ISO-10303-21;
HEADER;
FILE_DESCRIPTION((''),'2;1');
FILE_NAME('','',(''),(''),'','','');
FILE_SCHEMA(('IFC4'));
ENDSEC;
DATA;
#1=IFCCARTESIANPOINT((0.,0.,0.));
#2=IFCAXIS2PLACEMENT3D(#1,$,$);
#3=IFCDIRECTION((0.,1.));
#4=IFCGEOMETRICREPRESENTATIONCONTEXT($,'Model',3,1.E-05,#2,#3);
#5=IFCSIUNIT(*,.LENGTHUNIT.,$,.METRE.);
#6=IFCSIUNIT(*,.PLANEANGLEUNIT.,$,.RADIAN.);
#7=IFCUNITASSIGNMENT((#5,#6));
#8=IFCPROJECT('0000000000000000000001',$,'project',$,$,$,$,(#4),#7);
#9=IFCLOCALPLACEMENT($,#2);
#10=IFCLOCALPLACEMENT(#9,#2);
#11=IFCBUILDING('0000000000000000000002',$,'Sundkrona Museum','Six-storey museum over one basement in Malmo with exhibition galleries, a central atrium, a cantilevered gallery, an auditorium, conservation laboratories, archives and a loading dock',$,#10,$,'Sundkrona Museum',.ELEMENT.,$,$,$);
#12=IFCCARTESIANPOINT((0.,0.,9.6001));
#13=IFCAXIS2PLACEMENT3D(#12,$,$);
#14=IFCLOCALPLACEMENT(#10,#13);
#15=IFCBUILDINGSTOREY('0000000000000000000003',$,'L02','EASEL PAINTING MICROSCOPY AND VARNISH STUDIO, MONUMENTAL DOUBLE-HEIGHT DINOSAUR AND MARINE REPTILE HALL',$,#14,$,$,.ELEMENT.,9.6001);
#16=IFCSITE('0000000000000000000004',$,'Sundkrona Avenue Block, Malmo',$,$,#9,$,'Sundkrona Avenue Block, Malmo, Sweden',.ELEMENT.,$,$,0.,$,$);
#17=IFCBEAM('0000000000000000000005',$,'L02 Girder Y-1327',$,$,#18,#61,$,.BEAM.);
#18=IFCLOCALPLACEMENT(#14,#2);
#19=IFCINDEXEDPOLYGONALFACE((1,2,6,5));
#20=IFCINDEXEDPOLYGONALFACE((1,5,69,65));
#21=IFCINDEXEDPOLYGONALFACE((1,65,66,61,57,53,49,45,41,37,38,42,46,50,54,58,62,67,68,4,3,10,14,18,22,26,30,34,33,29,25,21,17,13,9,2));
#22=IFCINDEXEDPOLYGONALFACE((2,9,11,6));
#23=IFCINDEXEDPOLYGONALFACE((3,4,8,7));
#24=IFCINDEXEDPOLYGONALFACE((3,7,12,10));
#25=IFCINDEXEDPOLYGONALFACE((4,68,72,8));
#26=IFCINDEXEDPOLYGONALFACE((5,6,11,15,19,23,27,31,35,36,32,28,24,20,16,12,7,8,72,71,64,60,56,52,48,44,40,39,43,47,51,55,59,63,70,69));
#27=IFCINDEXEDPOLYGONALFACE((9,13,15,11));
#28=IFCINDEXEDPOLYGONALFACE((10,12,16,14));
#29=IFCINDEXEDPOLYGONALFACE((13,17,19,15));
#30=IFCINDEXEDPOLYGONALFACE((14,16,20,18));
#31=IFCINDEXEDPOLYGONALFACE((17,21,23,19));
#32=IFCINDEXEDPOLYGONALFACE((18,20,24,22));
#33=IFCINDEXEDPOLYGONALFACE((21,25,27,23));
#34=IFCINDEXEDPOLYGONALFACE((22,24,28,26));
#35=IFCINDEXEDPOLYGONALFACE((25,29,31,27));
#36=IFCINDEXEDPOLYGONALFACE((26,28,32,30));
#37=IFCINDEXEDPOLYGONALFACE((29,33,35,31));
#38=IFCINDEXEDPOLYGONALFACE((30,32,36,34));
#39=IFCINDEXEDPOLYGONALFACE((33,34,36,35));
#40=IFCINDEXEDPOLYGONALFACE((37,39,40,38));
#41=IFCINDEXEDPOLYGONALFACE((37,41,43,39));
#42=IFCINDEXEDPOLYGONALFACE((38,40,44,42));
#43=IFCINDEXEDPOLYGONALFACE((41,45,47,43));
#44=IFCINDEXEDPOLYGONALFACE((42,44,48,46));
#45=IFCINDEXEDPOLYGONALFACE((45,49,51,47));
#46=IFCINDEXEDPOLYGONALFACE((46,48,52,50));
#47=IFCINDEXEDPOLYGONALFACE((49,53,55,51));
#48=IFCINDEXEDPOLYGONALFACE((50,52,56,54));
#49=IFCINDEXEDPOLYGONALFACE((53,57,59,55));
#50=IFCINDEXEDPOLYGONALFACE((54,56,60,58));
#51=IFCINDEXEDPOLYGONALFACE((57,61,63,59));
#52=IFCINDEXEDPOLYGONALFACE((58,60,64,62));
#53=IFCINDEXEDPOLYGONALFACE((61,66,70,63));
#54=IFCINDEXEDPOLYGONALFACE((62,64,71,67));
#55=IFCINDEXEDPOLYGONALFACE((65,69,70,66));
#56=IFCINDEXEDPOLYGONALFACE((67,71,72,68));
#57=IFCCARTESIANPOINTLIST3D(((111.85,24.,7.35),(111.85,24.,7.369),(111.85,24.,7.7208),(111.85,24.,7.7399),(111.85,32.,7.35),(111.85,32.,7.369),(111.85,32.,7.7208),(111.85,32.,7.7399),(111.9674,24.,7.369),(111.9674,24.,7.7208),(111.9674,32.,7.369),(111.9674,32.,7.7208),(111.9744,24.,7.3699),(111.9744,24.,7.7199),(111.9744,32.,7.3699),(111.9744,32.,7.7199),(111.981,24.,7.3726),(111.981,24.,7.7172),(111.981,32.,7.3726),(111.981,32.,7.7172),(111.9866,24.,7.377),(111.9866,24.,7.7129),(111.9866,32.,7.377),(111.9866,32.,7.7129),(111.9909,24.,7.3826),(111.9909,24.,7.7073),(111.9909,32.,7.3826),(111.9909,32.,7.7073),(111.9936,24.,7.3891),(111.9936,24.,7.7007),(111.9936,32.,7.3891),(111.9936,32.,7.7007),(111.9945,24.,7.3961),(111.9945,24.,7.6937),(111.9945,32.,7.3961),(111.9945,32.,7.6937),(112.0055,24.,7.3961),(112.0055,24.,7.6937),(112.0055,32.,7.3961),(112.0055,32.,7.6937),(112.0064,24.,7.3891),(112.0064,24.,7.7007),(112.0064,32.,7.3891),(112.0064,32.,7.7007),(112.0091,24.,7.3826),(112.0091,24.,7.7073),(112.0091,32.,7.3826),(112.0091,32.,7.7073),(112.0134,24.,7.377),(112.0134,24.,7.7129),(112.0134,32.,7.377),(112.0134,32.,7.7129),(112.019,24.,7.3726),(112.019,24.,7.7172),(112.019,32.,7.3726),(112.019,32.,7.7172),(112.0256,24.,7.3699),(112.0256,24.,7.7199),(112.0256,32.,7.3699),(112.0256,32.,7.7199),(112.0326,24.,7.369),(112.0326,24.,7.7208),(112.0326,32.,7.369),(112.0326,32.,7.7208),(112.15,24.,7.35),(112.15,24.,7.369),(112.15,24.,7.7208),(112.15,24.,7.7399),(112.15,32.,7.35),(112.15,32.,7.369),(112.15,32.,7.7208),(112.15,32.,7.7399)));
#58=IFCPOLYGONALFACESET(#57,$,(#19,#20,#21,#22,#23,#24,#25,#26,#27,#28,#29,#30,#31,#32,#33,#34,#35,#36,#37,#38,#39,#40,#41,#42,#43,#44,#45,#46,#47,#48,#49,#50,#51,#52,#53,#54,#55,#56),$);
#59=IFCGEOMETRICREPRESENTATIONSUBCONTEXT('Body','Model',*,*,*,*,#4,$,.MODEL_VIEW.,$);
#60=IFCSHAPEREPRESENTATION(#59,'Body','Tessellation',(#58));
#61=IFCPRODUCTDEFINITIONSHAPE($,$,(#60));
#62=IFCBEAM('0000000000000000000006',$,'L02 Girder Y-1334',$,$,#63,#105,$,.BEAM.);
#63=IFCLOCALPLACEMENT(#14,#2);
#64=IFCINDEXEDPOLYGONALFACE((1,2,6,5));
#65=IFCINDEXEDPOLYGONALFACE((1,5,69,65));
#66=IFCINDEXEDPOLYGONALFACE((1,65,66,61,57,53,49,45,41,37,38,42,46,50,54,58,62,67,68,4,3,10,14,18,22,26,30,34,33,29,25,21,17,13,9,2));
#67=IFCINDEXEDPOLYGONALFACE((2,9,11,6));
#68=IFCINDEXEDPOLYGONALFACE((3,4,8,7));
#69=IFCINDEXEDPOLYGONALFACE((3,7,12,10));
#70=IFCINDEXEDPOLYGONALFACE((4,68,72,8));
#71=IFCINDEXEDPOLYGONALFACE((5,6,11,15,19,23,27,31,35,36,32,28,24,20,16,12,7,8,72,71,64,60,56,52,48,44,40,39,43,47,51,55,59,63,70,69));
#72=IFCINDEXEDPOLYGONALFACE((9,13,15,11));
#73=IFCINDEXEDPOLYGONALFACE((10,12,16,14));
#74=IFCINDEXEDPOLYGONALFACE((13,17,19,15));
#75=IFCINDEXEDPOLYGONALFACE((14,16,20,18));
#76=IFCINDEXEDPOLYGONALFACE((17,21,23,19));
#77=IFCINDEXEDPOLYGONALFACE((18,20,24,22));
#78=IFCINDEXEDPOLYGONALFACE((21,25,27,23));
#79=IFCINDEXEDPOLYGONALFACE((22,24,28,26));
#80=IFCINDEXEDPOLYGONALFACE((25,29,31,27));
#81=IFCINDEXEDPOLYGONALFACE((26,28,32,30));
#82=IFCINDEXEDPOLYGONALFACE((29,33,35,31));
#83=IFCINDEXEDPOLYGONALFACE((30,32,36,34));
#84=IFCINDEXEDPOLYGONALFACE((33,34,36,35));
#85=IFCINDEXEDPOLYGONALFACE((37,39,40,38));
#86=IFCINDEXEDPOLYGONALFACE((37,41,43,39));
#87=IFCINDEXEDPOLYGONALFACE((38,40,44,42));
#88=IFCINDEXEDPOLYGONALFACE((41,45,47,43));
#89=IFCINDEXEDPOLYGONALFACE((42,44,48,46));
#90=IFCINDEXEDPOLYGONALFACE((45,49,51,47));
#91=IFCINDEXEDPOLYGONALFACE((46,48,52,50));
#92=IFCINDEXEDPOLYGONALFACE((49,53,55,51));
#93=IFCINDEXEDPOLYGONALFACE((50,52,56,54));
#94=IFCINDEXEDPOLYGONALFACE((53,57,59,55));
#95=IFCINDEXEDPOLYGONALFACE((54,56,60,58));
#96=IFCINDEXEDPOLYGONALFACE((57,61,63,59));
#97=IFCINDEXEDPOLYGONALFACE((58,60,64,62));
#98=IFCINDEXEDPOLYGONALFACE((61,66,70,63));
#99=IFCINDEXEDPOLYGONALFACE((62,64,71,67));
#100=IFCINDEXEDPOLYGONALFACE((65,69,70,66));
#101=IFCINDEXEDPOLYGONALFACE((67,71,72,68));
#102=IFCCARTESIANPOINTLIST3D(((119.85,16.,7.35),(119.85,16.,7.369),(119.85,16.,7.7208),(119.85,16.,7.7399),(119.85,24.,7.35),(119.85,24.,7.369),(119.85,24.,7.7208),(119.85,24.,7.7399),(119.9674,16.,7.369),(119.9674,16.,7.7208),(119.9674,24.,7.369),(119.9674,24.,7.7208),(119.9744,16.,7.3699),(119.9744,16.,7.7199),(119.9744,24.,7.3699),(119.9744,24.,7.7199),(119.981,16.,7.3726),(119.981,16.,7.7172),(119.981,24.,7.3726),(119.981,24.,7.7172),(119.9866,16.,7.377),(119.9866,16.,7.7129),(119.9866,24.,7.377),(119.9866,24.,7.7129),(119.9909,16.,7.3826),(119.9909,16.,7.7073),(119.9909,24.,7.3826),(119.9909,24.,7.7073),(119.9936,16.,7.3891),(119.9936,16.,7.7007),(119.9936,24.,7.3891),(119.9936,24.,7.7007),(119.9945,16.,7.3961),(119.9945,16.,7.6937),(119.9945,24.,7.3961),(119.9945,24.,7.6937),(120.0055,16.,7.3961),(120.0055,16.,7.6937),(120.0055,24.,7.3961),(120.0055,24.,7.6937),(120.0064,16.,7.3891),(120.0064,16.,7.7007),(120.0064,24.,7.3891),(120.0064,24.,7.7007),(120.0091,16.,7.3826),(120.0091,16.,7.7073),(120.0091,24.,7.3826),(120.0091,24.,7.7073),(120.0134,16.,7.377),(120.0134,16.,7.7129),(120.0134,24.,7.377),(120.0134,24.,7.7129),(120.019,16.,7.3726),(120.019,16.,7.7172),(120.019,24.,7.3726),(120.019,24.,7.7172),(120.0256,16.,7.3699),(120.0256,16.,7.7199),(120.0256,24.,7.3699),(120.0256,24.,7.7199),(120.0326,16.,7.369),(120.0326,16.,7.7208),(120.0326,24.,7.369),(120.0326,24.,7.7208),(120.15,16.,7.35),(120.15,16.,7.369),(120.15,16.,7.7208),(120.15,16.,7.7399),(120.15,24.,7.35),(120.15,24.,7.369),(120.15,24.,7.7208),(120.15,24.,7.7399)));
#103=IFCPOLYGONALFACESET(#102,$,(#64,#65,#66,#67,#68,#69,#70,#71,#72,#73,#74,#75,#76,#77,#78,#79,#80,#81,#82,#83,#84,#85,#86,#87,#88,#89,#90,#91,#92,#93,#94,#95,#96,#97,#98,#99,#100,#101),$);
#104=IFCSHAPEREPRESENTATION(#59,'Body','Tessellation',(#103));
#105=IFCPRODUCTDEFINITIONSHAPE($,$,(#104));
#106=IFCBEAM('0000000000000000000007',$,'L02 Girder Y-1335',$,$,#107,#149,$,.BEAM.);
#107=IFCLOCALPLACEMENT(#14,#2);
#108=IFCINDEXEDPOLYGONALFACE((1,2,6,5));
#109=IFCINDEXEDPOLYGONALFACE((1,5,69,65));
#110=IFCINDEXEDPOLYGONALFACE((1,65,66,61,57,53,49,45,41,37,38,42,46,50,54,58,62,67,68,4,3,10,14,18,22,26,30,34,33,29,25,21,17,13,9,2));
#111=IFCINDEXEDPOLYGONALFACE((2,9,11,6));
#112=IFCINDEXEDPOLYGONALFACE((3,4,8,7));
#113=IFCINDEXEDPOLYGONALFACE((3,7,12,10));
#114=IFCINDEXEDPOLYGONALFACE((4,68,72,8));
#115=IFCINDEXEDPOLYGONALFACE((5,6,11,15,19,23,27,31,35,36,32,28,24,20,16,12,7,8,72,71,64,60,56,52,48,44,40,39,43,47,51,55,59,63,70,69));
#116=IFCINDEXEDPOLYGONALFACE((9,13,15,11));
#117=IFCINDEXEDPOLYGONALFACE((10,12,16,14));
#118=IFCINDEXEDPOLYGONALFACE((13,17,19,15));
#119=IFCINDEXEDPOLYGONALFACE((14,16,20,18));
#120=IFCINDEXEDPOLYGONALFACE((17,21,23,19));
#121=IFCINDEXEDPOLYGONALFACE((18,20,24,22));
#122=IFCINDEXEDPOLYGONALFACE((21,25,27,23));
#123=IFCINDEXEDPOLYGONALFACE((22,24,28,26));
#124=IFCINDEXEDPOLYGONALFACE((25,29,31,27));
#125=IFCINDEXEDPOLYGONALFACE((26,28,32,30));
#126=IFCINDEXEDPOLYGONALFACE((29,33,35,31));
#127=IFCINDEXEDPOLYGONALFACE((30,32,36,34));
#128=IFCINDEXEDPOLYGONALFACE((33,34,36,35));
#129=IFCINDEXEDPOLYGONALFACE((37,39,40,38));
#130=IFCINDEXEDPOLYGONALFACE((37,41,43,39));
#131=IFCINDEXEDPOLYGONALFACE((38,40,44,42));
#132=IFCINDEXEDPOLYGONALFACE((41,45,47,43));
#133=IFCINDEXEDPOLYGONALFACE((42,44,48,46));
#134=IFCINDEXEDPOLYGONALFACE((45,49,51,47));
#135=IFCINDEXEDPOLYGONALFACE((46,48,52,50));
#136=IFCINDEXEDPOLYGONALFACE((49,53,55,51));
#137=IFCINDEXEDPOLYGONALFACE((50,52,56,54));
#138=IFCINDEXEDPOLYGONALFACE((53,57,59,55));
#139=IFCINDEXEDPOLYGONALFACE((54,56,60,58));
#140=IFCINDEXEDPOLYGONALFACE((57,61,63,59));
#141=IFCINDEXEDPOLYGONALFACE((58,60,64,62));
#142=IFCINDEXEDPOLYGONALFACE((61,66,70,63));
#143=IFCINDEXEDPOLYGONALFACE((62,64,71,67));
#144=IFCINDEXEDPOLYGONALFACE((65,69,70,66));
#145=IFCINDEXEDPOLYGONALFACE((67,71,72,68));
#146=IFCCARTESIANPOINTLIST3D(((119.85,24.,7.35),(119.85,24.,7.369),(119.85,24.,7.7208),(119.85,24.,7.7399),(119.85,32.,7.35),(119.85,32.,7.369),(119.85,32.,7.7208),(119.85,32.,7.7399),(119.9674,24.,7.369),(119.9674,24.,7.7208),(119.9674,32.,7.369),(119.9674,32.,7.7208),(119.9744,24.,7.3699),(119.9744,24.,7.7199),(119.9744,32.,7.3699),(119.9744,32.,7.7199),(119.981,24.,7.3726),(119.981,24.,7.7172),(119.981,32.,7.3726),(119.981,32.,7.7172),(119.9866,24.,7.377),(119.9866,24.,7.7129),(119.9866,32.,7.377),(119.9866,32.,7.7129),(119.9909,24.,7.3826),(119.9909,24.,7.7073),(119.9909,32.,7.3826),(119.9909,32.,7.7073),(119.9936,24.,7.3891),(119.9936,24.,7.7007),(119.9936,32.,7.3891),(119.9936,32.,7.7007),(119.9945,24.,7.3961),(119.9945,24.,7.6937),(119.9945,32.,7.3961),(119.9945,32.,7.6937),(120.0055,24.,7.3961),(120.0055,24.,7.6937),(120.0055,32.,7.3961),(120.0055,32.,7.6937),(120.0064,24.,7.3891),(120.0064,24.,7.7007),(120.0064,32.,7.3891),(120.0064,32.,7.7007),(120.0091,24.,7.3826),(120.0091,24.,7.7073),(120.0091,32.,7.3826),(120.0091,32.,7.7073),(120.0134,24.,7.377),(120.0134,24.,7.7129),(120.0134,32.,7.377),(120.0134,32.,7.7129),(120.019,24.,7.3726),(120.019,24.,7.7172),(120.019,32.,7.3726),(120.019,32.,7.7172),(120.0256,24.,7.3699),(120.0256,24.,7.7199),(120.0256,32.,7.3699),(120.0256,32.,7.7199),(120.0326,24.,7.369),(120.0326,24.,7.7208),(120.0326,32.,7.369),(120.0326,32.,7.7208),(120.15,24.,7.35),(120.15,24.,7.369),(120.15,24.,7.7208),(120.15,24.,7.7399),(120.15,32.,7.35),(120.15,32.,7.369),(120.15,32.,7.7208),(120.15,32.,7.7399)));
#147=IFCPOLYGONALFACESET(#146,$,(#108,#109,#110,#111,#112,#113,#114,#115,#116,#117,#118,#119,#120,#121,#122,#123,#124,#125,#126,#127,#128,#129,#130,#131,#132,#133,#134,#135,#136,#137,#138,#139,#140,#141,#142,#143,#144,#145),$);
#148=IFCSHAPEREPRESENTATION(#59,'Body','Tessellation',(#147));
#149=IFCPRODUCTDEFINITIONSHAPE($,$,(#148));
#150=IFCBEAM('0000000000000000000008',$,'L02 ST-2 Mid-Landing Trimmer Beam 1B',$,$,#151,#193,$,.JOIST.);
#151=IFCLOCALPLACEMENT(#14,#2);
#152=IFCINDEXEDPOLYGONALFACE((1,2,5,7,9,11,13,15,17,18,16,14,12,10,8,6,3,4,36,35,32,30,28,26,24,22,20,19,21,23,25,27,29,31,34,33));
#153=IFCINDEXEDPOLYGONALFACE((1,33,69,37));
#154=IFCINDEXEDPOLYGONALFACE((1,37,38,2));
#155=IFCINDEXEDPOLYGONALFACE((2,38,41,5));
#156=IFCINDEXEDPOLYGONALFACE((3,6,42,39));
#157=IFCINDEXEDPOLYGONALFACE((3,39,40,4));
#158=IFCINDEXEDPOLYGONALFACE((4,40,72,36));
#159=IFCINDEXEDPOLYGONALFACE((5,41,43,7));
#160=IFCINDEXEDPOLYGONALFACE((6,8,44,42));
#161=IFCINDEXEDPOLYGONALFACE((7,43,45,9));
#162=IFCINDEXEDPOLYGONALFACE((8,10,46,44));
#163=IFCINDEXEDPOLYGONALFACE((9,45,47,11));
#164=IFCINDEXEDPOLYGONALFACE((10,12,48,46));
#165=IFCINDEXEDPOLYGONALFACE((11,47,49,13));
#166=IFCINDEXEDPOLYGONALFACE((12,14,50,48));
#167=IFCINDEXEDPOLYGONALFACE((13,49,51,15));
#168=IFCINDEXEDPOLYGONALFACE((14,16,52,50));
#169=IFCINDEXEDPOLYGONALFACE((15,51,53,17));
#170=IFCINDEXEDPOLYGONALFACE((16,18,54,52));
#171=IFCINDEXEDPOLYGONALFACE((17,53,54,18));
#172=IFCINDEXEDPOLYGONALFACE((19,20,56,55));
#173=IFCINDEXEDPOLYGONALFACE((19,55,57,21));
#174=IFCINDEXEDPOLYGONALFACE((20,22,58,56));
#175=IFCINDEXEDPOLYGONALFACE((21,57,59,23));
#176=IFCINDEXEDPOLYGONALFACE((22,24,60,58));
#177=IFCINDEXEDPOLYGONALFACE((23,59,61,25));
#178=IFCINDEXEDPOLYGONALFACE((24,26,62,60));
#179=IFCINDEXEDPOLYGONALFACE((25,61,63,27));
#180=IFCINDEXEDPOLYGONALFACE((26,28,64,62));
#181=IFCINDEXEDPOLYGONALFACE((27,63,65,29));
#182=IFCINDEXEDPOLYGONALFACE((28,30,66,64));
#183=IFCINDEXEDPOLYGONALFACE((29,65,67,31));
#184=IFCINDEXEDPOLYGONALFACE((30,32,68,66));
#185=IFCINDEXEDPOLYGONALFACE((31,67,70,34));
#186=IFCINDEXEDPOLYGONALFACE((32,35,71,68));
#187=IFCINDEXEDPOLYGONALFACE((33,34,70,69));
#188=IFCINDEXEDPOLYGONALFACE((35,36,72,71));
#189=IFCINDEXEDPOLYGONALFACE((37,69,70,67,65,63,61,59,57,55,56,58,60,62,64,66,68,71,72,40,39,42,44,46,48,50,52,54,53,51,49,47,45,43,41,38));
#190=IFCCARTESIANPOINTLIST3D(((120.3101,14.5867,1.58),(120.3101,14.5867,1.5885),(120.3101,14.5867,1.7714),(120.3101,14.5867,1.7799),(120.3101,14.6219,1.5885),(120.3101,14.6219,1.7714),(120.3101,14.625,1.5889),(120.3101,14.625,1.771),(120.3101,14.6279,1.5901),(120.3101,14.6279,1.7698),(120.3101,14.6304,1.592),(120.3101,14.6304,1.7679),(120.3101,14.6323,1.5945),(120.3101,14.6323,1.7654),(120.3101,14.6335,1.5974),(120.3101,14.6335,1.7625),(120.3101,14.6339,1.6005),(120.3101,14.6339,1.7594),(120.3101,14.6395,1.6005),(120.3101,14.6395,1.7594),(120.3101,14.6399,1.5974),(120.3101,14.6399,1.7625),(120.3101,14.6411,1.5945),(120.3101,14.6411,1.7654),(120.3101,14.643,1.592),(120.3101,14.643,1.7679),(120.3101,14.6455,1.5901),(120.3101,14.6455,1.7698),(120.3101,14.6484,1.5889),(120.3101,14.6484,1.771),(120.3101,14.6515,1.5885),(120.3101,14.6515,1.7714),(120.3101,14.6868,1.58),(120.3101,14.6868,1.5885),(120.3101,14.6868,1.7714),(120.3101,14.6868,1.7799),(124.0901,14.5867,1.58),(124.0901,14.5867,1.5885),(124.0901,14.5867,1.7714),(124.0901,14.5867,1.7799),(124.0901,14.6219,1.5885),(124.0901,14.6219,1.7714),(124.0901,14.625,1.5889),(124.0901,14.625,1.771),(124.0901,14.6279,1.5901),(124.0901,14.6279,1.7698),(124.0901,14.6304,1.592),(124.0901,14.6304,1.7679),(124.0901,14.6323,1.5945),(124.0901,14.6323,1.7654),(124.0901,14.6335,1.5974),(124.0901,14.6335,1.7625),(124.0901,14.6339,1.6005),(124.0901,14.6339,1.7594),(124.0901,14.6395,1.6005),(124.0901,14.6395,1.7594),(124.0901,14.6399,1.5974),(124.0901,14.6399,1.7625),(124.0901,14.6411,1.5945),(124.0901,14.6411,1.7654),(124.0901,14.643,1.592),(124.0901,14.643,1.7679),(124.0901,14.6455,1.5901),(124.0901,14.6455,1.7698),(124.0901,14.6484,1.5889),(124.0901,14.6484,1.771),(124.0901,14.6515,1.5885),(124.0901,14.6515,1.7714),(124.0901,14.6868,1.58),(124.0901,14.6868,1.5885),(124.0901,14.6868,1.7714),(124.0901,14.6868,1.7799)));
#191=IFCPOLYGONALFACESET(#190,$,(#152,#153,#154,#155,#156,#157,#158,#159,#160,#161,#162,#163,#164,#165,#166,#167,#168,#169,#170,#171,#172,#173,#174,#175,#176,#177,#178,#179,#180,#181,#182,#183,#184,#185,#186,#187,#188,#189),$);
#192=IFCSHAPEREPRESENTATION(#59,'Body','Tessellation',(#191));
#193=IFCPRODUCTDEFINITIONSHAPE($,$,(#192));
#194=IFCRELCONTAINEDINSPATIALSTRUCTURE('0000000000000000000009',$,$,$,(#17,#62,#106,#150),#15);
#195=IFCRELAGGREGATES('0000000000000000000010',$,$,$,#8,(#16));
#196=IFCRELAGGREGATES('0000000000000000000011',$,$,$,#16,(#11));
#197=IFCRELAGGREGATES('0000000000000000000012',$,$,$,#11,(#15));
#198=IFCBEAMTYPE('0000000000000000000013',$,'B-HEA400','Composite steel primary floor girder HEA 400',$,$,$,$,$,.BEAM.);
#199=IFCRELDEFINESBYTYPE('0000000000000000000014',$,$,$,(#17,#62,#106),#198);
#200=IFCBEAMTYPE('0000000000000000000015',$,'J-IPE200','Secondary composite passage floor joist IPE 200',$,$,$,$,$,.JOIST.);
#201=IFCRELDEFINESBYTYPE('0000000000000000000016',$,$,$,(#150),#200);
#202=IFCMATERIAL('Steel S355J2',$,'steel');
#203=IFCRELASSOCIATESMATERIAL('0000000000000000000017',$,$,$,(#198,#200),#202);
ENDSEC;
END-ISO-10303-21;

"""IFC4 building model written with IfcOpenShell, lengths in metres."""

from ifc_helpers import new_model, si_unit, direction, frame, origin, origin_2d, place, context, subcontext, project, spatial, i_section, extrude, material, material_profile, profile_set, type_object, element, save


model = new_model("IFC4")

# Units and contexts
model_context = context("Model", 3, precision=1e-05, world=origin(), true_north=direction((0.0, 1.0)))
body_context = subcontext(model_context, "Body", "Model", "MODEL_VIEW")
ifc_project = project(units=[si_unit("LENGTHUNIT", "METRE"), si_unit("PLANEANGLEUNIT", "RADIAN")], contexts=[model_context])

# Site, building, storey
site_placement = place(None, origin())
site = spatial("IfcSite", under=ifc_project, at=site_placement, Name="Sundkrona Avenue Block, Malmo", LongName="Sundkrona Avenue Block, Malmo, Sweden", CompositionType="ELEMENT", RefElevation=0.0)
building_placement = place(site_placement, origin())
building = spatial("IfcBuilding", under=site, at=building_placement, Name="Sundkrona Museum", Description="Six-storey museum over one basement in Malmo with exhibition galleries, a central atrium, a cantilevered gallery, an auditorium, conservation laboratories, archives and a loading dock", LongName="Sundkrona Museum", CompositionType="ELEMENT")
storey_placement = place(building_placement, frame((0.0, 0.0, 9.6001)))
storey = spatial("IfcBuildingStorey", under=building, at=storey_placement, Name="L02", Description="EASEL PAINTING MICROSCOPY AND VARNISH STUDIO, MONUMENTAL DOUBLE-HEIGHT DINOSAUR AND MARINE REPTILE HALL", CompositionType="ELEMENT", Elevation=9.6001)

# Shared definitions
ifc_material_1 = material(Name="Steel S355J2", Category="steel")

# Beams
ifc_material_profile_1 = material_profile(ifc_material_1, i_section(OverallWidth=0.3, OverallDepth=0.3899, WebThickness=0.011, FlangeThickness=0.019, FilletRadius=0.0271, at=origin_2d()), Name="HEA 400")
ifc_profile_set_1 = profile_set([ifc_material_profile_1], Name="Steel S355J2")
beam_type_1 = type_object("IfcBeamType", Name="B-HEA400", Description="Composite steel primary floor girder HEA 400", PredefinedType="BEAM", material=ifc_profile_set_1)
for number, where, z_axis, x_axis, name in (
    (1, (112.0, 24.0, 7.5449), (0.0, 1.0, 0.0), (-1.0, 0.0, 0.0), "L02 Girder Y-1327"),
    (2, (120.0, 16.0, 7.5449), (0.0, 1.0, 0.0), (-1.0, 0.0, 0.0), "L02 Girder Y-1334"),
    (3, (120.0, 24.0, 7.5449), (0.0, 1.0, 0.0), (-1.0, 0.0, 0.0), "L02 Girder Y-1335"),
):
    element("IfcBeam", number, at=place(storey_placement, frame(where, z_axis=z_axis, x_axis=x_axis)), inside=storey, type_object=beam_type_1, Name=name, PredefinedType="BEAM", context=body_context, shape_type="SweptSolid", body=[
        extrude(i_section(OverallWidth=0.3, OverallDepth=0.3899, WebThickness=0.011, FlangeThickness=0.019, FilletRadius=0.0271, at=origin_2d()), origin(), (0.0, 0.0, 1.0), 8.0),
    ])
ifc_material_profile_2 = material_profile(ifc_material_1, i_section(OverallWidth=0.1001, OverallDepth=0.2, WebThickness=0.0056, FlangeThickness=0.0085, FilletRadius=0.012, at=origin_2d()), Name="IPE 200")
ifc_profile_set_2 = profile_set([ifc_material_profile_2], Name="Steel S355J2")
beam_type_2 = type_object("IfcBeamType", Name="J-IPE200", Description="Secondary composite passage floor joist IPE 200", PredefinedType="JOIST", material=ifc_profile_set_2)
for number, where, z_axis, x_axis, name in (
    (4, (120.3101, 14.6367, 1.6799), (1.0, 0.0, 0.0), (0.0, 1.0, 0.0), "L02 ST-2 Mid-Landing Trimmer Beam 1B"),
):
    element("IfcBeam", number, at=place(storey_placement, frame(where, z_axis=z_axis, x_axis=x_axis)), inside=storey, type_object=beam_type_2, Name=name, PredefinedType="JOIST", context=body_context, shape_type="SweptSolid", body=[
        extrude(i_section(OverallWidth=0.1001, OverallDepth=0.2, WebThickness=0.0056, FlangeThickness=0.0085, FilletRadius=0.012, at=origin_2d()), origin(), (0.0, 0.0, 1.0), 3.78),
    ])

save(model, "model.ifc")
